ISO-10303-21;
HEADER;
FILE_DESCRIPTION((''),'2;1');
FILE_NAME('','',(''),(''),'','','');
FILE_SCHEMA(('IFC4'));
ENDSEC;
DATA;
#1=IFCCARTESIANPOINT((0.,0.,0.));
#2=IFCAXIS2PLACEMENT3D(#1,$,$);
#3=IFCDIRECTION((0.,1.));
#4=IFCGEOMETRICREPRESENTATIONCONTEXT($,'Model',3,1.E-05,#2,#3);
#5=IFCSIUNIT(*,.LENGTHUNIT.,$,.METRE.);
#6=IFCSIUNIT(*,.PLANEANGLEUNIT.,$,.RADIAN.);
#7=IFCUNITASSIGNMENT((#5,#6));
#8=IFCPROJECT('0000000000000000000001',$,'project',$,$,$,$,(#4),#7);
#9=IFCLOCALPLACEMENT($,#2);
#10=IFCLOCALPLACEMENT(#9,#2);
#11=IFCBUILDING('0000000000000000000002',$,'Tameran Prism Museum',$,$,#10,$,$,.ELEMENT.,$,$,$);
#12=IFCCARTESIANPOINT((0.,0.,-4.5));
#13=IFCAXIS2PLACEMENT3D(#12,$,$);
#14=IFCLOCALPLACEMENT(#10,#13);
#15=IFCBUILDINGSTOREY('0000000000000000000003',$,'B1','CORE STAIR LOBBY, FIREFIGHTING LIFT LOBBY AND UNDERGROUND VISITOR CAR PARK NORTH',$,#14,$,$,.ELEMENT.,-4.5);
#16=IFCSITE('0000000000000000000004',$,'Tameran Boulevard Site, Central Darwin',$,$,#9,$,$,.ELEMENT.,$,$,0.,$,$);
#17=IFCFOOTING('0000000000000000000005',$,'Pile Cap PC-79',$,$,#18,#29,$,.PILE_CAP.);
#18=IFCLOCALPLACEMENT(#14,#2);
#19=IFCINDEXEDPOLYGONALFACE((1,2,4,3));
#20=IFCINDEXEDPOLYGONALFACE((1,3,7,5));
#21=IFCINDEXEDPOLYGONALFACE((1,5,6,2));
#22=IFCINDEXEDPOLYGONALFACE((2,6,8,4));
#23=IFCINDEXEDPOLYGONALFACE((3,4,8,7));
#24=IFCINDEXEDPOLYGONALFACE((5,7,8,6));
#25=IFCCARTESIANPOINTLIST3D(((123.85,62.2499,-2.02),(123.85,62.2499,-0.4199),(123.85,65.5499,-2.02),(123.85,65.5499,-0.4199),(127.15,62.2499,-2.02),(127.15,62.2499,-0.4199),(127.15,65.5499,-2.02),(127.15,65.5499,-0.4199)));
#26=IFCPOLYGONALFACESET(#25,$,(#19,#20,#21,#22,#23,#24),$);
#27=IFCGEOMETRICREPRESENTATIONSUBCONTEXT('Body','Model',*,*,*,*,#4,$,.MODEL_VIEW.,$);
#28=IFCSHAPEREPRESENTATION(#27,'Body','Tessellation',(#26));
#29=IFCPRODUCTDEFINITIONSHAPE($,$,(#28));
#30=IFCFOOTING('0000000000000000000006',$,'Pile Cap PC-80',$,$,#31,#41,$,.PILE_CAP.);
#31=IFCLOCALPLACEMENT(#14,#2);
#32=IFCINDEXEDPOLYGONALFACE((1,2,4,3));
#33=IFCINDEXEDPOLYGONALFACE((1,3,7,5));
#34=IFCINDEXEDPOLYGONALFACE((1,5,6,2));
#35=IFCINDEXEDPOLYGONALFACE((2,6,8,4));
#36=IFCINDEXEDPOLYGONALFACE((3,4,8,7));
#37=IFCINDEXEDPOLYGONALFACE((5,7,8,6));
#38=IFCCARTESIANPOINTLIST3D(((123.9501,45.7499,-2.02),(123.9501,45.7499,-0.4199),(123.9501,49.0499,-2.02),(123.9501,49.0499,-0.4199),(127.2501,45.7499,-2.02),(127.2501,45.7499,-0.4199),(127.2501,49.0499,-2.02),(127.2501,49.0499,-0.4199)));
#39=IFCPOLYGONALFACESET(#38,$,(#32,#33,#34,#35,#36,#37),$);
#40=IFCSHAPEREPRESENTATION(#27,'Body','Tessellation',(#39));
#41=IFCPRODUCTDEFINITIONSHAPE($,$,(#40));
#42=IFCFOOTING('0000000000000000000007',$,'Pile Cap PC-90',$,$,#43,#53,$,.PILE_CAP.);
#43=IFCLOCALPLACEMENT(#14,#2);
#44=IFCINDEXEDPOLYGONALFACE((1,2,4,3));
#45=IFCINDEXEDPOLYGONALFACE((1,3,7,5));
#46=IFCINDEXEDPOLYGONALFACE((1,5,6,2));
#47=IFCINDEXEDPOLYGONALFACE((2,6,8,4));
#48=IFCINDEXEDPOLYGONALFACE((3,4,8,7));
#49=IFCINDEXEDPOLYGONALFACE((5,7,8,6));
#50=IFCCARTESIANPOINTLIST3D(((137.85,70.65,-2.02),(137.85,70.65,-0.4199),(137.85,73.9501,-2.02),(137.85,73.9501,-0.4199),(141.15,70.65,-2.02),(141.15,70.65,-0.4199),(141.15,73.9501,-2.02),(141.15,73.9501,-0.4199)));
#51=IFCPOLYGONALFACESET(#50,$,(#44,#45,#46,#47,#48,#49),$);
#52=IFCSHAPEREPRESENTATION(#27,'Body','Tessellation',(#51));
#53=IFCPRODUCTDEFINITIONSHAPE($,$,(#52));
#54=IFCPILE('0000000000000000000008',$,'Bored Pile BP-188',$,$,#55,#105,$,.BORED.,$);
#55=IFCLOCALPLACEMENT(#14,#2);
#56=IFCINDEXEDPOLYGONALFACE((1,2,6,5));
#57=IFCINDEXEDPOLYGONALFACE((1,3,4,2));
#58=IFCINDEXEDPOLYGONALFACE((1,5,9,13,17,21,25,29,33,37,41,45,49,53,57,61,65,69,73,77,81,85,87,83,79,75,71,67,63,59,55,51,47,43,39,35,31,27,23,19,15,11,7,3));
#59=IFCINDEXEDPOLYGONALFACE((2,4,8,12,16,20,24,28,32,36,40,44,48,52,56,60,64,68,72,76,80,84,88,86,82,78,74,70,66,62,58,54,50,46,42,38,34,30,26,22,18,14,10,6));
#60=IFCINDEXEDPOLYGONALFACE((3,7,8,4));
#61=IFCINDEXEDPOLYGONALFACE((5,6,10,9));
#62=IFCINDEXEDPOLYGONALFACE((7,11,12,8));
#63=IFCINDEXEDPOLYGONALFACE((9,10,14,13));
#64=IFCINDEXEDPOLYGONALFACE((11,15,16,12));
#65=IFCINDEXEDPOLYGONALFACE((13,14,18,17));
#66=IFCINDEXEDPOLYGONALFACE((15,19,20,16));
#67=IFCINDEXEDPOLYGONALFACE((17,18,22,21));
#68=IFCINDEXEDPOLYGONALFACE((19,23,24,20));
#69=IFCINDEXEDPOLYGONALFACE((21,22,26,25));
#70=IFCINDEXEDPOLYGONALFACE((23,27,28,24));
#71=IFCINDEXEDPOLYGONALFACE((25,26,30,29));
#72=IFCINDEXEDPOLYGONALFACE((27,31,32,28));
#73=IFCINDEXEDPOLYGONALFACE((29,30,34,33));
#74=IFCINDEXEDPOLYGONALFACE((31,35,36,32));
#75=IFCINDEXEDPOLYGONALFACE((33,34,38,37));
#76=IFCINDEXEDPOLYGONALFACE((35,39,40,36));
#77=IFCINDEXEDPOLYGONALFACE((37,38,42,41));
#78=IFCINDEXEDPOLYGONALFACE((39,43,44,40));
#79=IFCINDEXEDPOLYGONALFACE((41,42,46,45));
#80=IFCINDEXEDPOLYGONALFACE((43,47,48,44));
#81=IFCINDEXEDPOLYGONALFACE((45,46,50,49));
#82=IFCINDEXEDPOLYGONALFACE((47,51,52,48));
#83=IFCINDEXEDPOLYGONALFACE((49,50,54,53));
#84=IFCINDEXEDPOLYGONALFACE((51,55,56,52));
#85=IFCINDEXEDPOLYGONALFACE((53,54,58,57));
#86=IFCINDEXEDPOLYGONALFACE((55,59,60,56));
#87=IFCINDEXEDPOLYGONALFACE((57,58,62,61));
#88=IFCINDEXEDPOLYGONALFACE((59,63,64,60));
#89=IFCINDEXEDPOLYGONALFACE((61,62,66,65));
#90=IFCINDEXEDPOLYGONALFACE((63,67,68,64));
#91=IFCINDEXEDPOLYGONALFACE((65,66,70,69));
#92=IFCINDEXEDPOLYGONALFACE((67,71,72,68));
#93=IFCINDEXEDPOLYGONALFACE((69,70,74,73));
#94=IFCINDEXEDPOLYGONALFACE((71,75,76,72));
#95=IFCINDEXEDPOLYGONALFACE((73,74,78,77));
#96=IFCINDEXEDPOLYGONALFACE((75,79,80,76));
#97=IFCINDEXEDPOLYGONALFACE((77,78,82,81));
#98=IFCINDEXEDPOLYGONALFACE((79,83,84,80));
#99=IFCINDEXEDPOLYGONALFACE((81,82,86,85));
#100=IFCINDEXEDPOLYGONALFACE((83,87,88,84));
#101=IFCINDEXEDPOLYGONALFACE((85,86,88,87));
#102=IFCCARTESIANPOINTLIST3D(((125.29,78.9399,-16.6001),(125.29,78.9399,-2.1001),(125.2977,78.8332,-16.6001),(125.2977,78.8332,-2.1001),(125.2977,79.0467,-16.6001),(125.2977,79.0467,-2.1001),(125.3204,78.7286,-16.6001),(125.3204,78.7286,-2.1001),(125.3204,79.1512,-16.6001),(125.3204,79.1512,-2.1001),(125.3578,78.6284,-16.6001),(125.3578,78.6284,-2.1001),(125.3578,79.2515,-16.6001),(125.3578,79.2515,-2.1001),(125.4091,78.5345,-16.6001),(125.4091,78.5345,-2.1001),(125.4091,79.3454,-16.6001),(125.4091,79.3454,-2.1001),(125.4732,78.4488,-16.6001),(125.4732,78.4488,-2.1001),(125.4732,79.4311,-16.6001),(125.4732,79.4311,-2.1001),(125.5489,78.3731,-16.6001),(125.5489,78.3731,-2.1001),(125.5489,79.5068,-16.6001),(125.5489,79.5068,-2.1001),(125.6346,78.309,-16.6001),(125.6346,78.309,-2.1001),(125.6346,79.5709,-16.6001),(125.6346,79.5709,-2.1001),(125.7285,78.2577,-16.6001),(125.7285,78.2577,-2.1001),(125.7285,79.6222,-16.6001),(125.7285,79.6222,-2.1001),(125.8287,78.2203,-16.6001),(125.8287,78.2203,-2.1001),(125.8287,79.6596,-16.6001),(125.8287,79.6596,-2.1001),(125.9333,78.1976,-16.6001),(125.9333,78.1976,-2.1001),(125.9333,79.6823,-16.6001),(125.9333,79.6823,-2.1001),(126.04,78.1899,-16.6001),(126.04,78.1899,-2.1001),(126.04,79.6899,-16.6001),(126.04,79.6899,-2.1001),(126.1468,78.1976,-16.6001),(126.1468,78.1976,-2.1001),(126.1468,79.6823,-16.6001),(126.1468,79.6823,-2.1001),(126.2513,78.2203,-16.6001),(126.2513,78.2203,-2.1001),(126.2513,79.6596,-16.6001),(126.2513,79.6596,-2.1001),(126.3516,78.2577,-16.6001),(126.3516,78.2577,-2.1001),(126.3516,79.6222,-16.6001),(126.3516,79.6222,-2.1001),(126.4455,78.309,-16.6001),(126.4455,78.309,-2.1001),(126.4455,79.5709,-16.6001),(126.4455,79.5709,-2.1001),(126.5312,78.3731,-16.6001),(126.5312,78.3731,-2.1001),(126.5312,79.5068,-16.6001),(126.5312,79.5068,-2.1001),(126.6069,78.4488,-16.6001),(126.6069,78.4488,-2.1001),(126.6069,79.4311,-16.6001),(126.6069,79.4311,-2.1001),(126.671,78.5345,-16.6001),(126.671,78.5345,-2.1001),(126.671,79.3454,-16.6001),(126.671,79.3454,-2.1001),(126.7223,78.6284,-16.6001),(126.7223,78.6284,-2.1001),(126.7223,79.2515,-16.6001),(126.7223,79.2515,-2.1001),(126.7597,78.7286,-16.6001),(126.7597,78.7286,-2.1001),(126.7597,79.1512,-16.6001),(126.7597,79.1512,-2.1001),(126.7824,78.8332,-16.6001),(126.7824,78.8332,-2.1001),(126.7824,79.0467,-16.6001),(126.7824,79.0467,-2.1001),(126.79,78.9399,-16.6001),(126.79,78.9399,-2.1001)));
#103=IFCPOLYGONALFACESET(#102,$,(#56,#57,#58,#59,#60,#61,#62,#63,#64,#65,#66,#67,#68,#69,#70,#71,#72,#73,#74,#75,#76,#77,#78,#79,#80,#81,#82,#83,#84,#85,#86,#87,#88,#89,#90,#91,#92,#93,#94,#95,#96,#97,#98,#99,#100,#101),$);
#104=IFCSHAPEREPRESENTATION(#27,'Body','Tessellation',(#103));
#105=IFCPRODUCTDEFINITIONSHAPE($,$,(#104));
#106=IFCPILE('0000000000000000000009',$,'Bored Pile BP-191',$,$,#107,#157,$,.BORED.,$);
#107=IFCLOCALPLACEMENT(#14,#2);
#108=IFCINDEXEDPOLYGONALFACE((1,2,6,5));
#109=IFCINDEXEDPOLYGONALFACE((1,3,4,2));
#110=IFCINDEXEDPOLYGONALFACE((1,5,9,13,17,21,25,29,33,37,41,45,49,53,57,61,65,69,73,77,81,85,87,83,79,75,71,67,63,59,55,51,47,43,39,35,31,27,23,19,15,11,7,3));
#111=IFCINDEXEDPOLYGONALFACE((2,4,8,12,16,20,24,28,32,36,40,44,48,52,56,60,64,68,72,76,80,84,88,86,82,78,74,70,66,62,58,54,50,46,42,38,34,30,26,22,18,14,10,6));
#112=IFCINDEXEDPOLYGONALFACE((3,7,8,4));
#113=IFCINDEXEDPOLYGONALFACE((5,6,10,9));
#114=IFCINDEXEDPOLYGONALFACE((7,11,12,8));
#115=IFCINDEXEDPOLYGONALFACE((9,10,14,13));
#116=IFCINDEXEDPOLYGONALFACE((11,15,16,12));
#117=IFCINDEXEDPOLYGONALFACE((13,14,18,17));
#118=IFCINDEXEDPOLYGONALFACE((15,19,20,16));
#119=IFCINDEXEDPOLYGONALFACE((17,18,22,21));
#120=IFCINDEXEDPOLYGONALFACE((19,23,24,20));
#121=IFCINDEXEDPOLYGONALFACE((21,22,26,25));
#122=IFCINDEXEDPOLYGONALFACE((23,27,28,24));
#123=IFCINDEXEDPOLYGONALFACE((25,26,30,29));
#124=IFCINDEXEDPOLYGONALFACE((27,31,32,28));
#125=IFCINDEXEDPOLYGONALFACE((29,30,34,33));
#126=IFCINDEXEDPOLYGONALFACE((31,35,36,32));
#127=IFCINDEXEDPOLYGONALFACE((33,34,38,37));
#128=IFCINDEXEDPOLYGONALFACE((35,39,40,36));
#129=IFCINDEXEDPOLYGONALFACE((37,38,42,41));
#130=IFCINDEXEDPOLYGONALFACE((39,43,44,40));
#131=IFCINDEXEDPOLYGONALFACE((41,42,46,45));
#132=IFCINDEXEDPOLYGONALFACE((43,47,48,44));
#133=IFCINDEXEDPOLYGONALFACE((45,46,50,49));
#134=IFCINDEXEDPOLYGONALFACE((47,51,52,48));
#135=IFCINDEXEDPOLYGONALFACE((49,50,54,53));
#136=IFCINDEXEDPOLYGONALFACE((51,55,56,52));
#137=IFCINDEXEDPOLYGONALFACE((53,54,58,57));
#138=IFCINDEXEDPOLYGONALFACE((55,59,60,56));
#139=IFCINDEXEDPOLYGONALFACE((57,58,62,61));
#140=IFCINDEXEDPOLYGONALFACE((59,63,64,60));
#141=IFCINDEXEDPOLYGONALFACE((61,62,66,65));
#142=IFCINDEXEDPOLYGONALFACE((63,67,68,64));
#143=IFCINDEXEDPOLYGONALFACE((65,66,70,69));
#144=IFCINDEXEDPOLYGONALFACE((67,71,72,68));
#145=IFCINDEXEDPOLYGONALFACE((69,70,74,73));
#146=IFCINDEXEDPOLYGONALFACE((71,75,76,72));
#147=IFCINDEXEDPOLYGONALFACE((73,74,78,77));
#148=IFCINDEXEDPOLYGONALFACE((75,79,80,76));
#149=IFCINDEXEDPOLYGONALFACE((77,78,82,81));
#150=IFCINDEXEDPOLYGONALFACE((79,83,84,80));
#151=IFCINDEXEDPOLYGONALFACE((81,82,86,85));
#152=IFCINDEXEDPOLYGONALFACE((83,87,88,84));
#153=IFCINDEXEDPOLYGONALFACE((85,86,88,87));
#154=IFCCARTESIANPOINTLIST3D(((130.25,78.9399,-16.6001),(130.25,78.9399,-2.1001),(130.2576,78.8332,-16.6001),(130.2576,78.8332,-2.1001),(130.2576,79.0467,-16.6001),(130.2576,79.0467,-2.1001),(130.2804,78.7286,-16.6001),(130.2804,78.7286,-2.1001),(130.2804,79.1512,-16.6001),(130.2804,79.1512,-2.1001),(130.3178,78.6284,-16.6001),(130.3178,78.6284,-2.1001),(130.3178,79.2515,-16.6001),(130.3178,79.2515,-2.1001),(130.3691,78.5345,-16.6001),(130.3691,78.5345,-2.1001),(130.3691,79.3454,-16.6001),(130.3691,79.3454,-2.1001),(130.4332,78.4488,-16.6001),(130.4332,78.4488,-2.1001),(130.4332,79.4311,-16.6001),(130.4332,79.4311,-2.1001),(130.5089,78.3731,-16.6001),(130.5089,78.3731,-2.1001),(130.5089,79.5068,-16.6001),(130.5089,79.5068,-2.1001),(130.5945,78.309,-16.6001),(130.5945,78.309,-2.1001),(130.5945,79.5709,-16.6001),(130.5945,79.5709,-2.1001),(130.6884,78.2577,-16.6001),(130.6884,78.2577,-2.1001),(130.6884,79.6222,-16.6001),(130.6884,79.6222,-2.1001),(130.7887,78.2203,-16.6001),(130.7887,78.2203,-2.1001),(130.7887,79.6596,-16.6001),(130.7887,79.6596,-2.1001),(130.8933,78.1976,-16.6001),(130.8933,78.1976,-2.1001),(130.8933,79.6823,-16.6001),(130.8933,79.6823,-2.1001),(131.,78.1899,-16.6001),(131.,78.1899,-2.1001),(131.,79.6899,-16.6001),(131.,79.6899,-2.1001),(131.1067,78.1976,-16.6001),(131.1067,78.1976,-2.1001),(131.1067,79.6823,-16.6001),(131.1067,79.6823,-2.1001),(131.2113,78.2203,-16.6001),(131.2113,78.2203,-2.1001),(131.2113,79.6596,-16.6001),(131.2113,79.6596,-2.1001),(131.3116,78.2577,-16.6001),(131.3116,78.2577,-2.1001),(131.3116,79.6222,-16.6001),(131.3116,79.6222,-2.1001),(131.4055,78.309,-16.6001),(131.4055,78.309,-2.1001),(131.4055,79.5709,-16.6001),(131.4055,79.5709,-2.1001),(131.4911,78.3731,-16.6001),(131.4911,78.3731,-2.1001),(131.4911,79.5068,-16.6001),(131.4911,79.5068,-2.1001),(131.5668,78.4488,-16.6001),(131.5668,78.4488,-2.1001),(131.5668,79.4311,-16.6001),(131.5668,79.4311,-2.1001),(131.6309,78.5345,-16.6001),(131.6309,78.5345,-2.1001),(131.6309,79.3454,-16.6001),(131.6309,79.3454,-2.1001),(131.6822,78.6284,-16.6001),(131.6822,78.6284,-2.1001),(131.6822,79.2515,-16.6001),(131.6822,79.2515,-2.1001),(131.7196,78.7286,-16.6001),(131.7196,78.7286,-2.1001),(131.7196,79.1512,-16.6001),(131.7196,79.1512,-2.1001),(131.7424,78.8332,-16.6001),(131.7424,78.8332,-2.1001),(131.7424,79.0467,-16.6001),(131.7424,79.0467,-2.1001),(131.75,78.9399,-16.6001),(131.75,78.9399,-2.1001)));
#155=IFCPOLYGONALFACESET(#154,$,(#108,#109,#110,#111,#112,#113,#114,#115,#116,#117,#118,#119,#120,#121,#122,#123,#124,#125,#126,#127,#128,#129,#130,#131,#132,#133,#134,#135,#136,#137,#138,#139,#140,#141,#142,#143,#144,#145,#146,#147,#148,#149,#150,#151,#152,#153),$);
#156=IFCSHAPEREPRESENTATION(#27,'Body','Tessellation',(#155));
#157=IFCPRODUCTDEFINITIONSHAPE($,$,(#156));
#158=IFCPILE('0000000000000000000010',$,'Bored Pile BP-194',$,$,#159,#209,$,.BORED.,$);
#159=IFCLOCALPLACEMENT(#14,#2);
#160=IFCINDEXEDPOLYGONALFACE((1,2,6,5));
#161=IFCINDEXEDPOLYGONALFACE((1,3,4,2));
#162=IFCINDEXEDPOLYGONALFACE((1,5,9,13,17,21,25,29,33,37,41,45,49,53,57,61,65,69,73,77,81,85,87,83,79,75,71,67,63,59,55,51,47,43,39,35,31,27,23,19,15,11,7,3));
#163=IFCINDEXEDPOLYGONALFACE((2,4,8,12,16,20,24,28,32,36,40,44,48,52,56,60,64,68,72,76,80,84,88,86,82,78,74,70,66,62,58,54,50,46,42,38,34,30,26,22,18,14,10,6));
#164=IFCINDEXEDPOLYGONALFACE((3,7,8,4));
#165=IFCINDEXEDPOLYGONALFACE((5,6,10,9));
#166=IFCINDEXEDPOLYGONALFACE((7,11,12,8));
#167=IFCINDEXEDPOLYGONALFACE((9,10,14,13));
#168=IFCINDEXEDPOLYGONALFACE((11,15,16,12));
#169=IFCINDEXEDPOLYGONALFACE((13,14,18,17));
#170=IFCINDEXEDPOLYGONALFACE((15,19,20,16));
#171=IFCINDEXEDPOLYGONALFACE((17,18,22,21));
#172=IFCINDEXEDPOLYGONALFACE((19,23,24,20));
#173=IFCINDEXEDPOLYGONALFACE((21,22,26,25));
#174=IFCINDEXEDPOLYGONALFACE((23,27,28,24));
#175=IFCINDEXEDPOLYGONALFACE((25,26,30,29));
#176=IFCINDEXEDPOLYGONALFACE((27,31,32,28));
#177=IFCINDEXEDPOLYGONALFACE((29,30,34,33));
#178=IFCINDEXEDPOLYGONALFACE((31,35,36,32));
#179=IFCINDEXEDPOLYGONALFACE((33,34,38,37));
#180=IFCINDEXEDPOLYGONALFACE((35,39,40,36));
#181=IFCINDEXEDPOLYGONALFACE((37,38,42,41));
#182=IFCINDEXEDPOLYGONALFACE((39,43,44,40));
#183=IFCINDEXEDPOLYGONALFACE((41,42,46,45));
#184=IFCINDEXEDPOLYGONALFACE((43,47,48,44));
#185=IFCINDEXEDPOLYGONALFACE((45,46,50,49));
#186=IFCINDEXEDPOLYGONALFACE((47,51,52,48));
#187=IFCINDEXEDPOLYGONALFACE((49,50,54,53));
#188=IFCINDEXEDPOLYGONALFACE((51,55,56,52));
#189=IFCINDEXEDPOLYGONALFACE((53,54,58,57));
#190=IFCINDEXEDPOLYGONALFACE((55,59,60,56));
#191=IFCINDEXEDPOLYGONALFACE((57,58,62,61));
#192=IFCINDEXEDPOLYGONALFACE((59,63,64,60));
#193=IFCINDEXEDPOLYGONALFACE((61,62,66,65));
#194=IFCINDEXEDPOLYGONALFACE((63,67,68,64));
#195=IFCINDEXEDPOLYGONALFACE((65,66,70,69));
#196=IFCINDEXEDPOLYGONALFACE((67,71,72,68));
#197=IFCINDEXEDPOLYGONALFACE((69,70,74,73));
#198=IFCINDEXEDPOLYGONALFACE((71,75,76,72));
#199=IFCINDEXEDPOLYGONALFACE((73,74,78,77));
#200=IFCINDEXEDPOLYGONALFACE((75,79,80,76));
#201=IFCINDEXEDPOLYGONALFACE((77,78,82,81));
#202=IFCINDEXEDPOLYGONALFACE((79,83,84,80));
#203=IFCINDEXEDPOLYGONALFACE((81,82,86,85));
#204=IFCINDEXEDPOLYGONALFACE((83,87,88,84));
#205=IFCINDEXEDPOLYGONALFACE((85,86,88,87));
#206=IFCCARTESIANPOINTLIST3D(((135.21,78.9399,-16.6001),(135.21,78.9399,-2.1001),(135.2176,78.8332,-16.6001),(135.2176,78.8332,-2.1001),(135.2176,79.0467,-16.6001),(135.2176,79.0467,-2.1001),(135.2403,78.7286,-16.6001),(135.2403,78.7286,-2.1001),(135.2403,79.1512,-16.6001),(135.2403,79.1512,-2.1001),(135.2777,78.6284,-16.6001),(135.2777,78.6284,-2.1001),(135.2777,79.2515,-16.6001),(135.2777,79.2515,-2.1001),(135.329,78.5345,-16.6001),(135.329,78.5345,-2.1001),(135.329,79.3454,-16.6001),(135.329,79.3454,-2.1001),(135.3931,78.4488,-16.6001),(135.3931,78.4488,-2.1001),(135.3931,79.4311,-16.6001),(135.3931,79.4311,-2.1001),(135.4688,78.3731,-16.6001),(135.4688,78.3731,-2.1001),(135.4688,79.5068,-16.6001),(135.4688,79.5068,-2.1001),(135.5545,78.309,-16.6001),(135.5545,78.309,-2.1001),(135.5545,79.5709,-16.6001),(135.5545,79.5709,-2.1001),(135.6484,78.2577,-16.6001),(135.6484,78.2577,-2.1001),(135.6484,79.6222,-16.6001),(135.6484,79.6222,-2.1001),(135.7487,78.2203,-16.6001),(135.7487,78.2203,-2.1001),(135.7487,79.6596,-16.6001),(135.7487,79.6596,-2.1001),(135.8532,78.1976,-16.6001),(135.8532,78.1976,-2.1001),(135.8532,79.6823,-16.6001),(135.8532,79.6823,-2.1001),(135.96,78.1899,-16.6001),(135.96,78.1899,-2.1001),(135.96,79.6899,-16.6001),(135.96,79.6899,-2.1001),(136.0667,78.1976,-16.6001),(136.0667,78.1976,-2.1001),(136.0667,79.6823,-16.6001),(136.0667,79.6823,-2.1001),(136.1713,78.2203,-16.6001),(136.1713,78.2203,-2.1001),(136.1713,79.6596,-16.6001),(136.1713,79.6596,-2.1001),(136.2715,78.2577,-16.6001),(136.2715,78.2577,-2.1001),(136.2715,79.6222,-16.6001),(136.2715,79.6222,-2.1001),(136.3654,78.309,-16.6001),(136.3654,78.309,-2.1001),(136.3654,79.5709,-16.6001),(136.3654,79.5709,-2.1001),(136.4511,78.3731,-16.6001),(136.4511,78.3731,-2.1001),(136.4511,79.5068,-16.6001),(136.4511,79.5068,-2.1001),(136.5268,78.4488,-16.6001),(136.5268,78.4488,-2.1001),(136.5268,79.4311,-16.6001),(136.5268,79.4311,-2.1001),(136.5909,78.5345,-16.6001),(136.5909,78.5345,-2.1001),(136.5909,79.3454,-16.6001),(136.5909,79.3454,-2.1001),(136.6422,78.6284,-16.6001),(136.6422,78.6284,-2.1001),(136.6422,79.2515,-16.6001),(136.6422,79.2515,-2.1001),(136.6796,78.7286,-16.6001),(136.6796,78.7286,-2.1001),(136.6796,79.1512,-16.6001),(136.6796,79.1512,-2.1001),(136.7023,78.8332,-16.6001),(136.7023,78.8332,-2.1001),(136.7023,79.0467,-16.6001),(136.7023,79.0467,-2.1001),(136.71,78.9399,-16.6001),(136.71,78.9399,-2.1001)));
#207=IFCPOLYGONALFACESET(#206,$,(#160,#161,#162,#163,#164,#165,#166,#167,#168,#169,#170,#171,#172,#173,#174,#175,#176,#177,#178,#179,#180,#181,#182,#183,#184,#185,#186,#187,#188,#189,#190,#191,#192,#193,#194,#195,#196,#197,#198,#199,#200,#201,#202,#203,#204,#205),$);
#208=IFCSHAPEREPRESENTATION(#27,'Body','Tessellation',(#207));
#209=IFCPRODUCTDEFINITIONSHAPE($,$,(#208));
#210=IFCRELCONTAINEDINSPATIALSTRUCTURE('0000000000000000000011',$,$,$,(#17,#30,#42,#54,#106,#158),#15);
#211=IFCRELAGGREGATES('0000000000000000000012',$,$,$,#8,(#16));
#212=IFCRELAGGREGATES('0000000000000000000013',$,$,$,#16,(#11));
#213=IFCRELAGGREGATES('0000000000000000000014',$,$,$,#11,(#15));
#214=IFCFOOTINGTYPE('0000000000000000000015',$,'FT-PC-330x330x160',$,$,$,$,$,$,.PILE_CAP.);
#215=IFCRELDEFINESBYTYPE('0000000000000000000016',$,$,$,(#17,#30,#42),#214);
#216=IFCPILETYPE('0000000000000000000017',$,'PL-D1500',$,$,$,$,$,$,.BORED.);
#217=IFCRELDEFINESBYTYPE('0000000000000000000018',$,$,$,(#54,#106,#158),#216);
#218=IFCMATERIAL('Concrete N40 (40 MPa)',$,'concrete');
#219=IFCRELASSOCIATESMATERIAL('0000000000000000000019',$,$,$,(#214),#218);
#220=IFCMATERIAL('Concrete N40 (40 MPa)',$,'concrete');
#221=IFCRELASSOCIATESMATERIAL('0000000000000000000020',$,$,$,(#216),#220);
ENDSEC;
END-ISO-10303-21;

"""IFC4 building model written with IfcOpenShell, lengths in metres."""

from ifc_helpers import new_model, si_unit, direction, frame, origin, origin_2d, place, context, subcontext, project, spatial, rectangle, circle, extrude, material, material_profile, profile_set, type_object, element, save


model = new_model("IFC4")

# Units and contexts
model_context = context("Model", 3, precision=1e-05, world=origin(), true_north=direction((0.0, 1.0)))
body_context = subcontext(model_context, "Body", "Model", "MODEL_VIEW")
ifc_project = project(units=[si_unit("LENGTHUNIT", "METRE"), si_unit("PLANEANGLEUNIT", "RADIAN")], contexts=[model_context])

# Site, building, storey
site_placement = place(None, origin())
site = spatial("IfcSite", under=ifc_project, at=site_placement, Name="Tameran Boulevard Site, Central Darwin", CompositionType="ELEMENT", RefElevation=0.0)
building_placement = place(site_placement, origin())
building = spatial("IfcBuilding", under=site, at=building_placement, Name="Tameran Prism Museum", CompositionType="ELEMENT")
storey_placement = place(building_placement, frame((0.0, 0.0, -4.5)))
storey = spatial("IfcBuildingStorey", under=building, at=storey_placement, Name="B1", Description="CORE STAIR LOBBY, FIREFIGHTING LIFT LOBBY AND UNDERGROUND VISITOR CAR PARK NORTH", CompositionType="ELEMENT", Elevation=-4.5)

# Footings
ifc_material_1 = material(Name="Concrete N40 (40 MPa)", Category="concrete")
footing_type = type_object("IfcFootingType", Name="FT-PC-330x330x160", PredefinedType="PILE_CAP", material=ifc_material_1)
for number, where, z_axis, x_axis, name in (
    (1, (125.5, 63.8999, -2.02), (0.0, 0.0, 1.0), (1.0, 0.0, 0.0), "Pile Cap PC-79"),
    (2, (125.6001, 47.3999, -2.02), (0.0, 0.0, 1.0), (1.0, 0.0, 0.0), "Pile Cap PC-80"),
    (3, (139.5, 72.3, -2.02), (0.0, 0.0, 1.0), (1.0, 0.0, 0.0), "Pile Cap PC-90"),
):
    element("IfcFooting", number, at=place(storey_placement, frame(where, z_axis=z_axis, x_axis=x_axis)), inside=storey, type_object=footing_type, Name=name, PredefinedType="PILE_CAP", context=body_context, shape_type="SweptSolid", body=[
        extrude(rectangle(XDim=3.3, YDim=3.3, at=origin_2d()), origin(), (0.0, 0.0, 1.0), 1.6001),
    ])

# Piles
ifc_material_2 = material(Name="Concrete N40 (40 MPa)", Category="concrete")
ifc_material_profile_1 = material_profile(ifc_material_2, circle(Radius=0.75, at=origin_2d()))
ifc_profile_set_1 = profile_set([ifc_material_profile_1])
pile_type_1 = type_object("IfcPileType", Name="PL-D1500", PredefinedType="BORED", material=ifc_profile_set_1)
for number, where, z_axis, x_axis, name in (
    (4, (126.04, 78.9399, -2.1001), (0.0, 0.0, -1.0), (1.0, 0.0, 0.0), "Bored Pile BP-188"),
    (5, (131.0, 78.9399, -2.1001), (0.0, 0.0, -1.0), (1.0, 0.0, 0.0), "Bored Pile BP-191"),
    (6, (135.96, 78.9399, -2.1001), (0.0, 0.0, -1.0), (1.0, 0.0, 0.0), "Bored Pile BP-194"),
):
    element("IfcPile", number, at=place(storey_placement, frame(where, z_axis=z_axis, x_axis=x_axis)), inside=storey, type_object=pile_type_1, Name=name, PredefinedType="BORED", context=body_context, shape_type="SweptSolid", body=[
        extrude(circle(Radius=0.75, at=origin_2d()), origin(), (0.0, 0.0, 1.0), 14.5),
    ])

save(model, "model.ifc")
